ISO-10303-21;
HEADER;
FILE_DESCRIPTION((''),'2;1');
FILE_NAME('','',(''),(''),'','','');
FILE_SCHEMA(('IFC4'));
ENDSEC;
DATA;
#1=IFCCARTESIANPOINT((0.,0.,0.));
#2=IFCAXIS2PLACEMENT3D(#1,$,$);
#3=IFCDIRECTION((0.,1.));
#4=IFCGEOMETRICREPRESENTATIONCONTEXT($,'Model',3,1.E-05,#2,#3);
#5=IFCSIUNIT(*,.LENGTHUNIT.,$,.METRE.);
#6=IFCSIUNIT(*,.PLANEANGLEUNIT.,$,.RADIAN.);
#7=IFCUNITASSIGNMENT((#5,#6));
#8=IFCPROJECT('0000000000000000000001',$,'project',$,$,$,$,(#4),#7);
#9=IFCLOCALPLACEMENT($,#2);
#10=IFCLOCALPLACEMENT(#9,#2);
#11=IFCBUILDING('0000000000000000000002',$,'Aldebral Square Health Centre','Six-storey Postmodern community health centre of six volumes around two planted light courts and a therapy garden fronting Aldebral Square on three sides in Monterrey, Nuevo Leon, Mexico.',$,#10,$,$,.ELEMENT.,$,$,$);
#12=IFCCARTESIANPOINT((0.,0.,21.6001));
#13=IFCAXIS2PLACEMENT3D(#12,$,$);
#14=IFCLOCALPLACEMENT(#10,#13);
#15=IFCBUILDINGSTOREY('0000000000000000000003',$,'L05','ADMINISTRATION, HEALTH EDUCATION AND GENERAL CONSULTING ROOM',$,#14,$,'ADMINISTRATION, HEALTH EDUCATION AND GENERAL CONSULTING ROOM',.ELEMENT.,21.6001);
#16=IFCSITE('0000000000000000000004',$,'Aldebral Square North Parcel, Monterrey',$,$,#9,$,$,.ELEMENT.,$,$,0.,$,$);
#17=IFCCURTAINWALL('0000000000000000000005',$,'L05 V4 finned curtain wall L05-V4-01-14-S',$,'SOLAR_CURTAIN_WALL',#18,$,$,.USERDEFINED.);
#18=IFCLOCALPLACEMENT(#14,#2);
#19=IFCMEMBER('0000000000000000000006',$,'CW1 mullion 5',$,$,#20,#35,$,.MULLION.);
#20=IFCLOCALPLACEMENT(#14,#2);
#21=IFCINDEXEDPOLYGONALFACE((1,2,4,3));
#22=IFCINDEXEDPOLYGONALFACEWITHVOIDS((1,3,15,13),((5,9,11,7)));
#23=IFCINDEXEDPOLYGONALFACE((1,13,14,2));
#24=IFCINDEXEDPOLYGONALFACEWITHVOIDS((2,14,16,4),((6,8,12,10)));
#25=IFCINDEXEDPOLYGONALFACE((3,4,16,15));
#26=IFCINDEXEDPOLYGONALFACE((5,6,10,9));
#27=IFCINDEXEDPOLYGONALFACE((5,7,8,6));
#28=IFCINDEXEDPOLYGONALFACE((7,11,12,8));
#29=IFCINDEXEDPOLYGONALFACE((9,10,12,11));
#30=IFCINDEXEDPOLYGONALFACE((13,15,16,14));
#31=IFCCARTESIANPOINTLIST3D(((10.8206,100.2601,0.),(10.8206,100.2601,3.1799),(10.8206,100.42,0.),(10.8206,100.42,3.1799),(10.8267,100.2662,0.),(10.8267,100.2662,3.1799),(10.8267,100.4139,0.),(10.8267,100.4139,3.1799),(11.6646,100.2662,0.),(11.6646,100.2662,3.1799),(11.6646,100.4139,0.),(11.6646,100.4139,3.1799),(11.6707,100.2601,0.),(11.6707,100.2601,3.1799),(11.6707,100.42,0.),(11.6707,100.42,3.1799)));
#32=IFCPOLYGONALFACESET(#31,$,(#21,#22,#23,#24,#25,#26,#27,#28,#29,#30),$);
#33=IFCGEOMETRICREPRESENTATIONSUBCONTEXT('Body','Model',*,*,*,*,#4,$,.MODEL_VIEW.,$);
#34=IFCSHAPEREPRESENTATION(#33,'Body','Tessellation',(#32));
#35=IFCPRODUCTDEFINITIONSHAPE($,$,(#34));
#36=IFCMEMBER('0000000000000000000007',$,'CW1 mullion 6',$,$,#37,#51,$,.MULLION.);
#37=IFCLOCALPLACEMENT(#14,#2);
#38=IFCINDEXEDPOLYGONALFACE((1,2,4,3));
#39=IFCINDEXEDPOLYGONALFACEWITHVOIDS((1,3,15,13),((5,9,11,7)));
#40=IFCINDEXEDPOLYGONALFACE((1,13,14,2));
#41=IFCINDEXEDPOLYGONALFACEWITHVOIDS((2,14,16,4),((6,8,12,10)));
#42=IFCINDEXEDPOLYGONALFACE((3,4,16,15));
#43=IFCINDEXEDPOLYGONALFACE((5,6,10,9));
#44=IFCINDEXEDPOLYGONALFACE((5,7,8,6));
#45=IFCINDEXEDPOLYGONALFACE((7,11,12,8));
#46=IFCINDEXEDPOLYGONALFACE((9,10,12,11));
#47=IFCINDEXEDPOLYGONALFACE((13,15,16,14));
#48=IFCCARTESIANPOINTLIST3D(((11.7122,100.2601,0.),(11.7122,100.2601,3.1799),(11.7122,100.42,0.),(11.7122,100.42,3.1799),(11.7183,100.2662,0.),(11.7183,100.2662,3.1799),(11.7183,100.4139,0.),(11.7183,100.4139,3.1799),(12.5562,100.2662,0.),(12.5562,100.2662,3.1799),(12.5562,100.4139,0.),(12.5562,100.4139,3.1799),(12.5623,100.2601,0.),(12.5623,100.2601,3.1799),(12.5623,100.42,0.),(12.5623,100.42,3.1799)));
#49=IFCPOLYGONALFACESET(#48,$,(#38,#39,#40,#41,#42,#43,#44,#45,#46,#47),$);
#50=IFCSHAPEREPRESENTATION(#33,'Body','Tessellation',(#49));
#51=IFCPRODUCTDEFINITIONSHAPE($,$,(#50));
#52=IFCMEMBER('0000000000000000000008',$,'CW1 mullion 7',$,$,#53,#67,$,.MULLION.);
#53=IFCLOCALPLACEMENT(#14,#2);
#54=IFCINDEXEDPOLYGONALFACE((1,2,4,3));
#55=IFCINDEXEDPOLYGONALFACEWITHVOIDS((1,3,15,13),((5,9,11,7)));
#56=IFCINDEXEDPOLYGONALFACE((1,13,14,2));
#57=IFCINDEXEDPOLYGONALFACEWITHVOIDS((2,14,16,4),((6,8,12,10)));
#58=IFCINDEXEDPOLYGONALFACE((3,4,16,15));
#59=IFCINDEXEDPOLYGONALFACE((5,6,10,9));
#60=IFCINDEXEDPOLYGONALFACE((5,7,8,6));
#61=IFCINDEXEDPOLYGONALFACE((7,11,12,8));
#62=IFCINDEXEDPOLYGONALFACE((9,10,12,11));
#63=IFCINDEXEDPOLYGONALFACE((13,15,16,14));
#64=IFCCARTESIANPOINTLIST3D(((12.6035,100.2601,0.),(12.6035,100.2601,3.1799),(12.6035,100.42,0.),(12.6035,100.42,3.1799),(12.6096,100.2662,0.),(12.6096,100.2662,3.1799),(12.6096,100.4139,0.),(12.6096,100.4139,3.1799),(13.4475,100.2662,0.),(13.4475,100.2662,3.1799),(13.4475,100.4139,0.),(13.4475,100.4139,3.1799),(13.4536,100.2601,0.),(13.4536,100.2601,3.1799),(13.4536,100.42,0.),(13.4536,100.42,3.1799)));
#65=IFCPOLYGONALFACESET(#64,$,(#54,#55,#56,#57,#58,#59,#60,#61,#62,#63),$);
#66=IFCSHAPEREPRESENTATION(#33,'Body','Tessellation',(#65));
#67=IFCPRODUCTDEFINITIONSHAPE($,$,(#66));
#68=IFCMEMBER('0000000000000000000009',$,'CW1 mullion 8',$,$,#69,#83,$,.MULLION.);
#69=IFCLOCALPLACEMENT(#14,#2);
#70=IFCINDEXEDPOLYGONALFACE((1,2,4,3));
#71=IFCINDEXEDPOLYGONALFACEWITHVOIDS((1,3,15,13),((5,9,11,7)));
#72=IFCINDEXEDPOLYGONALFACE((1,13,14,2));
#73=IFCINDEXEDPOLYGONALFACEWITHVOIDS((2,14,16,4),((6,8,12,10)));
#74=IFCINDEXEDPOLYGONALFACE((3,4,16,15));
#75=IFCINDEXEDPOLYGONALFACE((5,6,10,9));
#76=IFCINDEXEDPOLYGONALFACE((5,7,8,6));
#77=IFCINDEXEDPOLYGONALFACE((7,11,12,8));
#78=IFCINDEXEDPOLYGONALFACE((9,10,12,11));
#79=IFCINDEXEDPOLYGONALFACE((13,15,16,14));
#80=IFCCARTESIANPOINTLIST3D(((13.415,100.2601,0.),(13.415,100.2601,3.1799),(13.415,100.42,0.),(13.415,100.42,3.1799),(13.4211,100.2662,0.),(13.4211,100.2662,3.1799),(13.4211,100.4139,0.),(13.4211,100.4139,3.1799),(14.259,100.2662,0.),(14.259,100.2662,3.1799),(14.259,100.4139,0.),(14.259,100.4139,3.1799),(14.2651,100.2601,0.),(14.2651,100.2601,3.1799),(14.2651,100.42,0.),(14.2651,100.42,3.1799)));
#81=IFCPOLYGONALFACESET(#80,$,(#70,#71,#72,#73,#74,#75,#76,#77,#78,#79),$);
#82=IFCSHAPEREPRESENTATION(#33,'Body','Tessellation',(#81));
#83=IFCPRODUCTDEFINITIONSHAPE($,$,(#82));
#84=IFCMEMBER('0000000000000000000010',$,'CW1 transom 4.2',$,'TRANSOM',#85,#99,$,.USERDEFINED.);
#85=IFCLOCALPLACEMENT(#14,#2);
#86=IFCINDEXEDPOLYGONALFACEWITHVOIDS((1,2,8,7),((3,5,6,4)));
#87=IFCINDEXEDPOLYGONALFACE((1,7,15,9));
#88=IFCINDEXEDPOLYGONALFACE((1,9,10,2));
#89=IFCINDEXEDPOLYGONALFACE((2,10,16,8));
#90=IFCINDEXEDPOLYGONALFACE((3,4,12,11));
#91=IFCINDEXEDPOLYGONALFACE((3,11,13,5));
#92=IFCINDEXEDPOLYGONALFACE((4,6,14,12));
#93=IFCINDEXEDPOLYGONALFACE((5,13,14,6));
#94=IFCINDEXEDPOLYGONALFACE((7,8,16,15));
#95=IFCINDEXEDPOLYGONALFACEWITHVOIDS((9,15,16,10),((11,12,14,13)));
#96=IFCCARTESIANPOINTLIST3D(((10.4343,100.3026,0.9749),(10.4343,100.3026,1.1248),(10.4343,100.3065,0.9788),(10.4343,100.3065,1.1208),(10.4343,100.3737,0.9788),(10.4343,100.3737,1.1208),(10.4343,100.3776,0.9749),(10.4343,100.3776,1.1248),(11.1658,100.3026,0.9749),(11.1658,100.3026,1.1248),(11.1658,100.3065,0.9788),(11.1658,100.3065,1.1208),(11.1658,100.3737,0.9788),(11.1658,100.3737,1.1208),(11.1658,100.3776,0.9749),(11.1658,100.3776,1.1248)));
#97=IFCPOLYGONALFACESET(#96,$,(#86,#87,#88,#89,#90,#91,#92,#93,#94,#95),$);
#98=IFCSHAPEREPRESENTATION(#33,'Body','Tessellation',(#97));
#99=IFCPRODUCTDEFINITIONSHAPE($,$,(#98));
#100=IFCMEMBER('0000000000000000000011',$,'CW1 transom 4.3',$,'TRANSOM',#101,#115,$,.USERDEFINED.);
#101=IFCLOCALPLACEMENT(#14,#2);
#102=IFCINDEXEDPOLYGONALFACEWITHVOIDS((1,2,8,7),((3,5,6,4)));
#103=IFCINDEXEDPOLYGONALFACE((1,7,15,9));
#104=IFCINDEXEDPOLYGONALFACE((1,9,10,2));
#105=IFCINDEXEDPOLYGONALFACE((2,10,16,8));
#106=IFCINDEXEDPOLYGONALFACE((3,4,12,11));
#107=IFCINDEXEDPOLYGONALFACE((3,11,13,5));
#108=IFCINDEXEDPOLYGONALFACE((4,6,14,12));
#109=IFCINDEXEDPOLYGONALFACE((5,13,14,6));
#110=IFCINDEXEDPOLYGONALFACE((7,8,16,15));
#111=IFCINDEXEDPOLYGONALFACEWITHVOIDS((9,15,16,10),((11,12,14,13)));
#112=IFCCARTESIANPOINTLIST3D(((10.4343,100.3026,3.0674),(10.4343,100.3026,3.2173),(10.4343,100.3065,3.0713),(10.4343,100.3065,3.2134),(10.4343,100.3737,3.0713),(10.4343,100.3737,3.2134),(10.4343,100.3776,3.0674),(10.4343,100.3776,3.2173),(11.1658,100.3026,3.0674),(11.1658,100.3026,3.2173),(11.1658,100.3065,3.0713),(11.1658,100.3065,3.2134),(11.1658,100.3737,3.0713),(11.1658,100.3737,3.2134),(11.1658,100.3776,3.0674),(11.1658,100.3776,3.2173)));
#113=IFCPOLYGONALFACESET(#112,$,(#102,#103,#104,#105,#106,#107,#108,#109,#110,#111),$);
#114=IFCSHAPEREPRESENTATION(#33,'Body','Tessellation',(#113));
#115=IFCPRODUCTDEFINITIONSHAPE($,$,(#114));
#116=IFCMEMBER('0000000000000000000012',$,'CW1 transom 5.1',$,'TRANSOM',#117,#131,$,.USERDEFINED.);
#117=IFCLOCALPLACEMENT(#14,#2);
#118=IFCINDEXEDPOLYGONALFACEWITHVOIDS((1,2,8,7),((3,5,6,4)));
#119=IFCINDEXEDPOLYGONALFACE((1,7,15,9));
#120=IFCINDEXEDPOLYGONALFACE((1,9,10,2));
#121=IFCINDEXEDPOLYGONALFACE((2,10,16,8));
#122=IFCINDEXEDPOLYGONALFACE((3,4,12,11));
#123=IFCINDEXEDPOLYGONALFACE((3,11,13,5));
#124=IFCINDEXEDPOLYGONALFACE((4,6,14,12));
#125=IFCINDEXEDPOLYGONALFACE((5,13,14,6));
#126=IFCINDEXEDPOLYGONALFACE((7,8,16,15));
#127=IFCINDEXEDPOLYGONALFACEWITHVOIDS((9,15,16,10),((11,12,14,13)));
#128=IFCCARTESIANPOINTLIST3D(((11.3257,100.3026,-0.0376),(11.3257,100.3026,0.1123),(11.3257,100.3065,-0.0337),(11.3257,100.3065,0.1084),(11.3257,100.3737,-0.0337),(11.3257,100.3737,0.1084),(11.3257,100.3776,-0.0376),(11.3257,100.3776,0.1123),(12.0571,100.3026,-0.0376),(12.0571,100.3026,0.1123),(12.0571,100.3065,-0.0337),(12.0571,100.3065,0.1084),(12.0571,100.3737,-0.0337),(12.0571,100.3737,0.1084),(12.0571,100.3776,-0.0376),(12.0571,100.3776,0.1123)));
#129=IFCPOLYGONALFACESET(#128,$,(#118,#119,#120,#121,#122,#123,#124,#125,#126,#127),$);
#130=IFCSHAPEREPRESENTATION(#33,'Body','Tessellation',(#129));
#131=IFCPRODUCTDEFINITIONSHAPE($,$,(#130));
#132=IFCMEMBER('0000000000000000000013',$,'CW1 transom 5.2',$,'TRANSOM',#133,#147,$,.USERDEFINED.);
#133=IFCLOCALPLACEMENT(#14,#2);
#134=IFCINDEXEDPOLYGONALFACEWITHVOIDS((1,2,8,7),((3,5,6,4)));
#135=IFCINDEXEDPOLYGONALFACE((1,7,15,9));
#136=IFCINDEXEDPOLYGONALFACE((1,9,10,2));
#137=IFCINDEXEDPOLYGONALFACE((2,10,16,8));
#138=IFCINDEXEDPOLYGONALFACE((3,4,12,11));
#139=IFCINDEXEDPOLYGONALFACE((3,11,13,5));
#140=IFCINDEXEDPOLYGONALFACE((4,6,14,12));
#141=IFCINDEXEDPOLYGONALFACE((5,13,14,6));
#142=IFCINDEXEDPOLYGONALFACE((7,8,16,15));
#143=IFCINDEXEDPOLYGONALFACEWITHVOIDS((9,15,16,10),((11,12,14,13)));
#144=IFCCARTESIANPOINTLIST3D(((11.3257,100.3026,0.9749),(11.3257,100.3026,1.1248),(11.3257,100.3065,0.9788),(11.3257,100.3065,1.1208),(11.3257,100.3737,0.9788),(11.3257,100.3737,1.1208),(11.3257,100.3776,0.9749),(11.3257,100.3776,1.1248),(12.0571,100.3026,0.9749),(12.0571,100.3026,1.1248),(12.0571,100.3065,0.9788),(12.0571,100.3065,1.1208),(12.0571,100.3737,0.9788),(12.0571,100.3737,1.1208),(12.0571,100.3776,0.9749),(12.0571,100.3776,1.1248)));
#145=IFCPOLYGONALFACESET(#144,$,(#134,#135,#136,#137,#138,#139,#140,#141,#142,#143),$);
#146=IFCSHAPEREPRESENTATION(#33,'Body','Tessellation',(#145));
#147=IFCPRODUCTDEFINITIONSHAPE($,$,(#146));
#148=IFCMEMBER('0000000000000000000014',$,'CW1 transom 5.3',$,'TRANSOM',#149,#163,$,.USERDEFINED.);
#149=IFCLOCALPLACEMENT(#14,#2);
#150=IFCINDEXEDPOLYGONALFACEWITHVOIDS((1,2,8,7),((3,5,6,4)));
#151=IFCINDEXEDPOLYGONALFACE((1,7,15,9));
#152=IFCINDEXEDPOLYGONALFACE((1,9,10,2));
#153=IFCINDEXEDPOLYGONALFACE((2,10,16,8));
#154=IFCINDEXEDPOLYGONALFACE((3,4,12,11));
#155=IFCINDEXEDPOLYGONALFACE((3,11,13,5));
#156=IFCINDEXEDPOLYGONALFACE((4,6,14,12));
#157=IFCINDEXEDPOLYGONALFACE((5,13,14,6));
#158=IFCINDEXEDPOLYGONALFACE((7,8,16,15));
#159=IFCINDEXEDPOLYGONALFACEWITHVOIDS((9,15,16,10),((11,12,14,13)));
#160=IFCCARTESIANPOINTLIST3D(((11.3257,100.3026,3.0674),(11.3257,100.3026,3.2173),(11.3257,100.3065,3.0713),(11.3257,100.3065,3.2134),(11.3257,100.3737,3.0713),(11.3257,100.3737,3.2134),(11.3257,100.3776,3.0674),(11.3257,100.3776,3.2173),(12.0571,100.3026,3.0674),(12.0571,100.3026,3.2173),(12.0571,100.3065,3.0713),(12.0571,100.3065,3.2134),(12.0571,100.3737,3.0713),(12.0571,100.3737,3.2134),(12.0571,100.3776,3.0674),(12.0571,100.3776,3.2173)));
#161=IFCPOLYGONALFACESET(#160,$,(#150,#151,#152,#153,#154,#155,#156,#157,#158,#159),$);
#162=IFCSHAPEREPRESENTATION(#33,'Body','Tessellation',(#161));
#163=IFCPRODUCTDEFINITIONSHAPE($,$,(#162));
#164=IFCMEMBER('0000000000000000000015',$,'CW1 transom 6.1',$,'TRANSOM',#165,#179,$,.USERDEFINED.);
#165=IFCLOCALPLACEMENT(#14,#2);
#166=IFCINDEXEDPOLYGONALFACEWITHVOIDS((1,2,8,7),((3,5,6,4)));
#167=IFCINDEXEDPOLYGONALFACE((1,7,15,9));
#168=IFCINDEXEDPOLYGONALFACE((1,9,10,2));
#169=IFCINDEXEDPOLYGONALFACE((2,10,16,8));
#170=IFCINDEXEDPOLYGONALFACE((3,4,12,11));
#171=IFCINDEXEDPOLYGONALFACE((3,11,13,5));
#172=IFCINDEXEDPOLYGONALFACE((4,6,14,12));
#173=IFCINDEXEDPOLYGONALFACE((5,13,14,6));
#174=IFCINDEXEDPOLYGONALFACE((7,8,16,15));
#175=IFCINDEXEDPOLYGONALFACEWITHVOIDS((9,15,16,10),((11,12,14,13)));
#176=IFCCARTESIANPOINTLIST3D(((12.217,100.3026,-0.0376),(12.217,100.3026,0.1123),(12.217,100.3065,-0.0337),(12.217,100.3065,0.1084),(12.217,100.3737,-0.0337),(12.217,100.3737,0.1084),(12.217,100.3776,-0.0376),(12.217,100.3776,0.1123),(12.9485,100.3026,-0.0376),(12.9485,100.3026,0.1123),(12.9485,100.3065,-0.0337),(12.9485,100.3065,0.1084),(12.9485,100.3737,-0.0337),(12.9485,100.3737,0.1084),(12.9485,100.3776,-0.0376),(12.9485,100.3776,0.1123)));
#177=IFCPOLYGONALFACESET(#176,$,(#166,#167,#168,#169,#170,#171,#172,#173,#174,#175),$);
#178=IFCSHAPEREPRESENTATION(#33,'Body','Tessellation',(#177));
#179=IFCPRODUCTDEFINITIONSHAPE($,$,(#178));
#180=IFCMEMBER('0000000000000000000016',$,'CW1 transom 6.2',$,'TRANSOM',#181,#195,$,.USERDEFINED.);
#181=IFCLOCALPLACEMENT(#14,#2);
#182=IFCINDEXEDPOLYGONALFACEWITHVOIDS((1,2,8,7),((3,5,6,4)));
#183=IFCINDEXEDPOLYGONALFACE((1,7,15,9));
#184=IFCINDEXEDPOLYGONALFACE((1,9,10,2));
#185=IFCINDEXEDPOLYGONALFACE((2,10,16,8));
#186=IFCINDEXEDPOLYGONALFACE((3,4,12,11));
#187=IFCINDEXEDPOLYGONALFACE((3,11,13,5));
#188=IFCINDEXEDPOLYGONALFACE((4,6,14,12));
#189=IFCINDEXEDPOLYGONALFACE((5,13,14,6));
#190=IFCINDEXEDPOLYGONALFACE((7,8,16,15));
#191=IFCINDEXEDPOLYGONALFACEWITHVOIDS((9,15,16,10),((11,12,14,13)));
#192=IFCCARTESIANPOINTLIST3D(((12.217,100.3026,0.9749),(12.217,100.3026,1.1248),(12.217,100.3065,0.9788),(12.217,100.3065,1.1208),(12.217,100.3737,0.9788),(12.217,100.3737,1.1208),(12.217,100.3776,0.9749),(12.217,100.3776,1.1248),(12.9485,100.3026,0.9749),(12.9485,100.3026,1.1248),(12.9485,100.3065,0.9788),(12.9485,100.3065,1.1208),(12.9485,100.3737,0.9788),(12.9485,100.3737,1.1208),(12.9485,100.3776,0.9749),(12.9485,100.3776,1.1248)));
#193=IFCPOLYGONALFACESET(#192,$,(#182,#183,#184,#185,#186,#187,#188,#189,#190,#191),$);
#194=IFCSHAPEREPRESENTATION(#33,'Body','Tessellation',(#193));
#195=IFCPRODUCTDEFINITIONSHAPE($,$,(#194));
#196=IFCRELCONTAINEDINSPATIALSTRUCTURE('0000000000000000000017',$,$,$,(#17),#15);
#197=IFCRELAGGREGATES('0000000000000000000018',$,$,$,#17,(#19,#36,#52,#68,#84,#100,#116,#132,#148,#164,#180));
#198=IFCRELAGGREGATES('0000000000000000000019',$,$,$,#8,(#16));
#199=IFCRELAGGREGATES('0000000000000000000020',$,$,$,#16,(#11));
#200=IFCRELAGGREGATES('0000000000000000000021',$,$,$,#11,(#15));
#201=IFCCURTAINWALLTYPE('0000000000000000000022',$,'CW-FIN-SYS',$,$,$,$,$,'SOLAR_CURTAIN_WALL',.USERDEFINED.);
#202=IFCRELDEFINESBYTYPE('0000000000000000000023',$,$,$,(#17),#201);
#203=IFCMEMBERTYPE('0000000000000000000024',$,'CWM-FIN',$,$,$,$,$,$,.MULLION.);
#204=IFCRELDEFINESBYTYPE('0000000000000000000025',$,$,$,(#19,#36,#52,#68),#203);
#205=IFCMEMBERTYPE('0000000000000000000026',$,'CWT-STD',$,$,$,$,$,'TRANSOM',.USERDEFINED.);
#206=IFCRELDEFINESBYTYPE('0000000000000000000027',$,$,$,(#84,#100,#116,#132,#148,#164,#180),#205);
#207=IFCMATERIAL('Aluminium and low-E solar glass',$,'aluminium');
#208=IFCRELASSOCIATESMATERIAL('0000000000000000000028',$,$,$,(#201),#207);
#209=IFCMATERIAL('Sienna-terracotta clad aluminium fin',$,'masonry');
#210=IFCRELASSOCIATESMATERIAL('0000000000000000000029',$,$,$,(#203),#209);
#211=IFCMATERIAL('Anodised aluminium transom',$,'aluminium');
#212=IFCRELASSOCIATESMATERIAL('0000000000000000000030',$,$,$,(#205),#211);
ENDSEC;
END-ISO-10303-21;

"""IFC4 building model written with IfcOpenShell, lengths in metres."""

from ifc_helpers import new_model, si_unit, direction, frame, origin, origin_2d, place, context, subcontext, project, spatial, hollow_rectangle, extrude, material, material_profile, profile_set, type_object, element, aggregate, save


model = new_model("IFC4")

# Units and contexts
model_context = context("Model", 3, precision=1e-05, world=origin(), true_north=direction((0.0, 1.0)))
body_context = subcontext(model_context, "Body", "Model", "MODEL_VIEW")
ifc_project = project(units=[si_unit("LENGTHUNIT", "METRE"), si_unit("PLANEANGLEUNIT", "RADIAN")], contexts=[model_context])

# Site, building, storey
site_placement = place(None, origin())
site = spatial("IfcSite", under=ifc_project, at=site_placement, Name="Aldebral Square North Parcel, Monterrey", CompositionType="ELEMENT", RefElevation=0.0)
building_placement = place(site_placement, origin())
building = spatial("IfcBuilding", under=site, at=building_placement, Name="Aldebral Square Health Centre", Description="Six-storey Postmodern community health centre of six volumes around two planted light courts and a therapy garden fronting Aldebral Square on three sides in Monterrey, Nuevo Leon, Mexico.", CompositionType="ELEMENT")
storey_placement = place(building_placement, frame((0.0, 0.0, 21.6001)))
storey = spatial("IfcBuildingStorey", under=building, at=storey_placement, Name="L05", Description="ADMINISTRATION, HEALTH EDUCATION AND GENERAL CONSULTING ROOM", LongName="ADMINISTRATION, HEALTH EDUCATION AND GENERAL CONSULTING ROOM", CompositionType="ELEMENT", Elevation=21.6001)

# Curtain wall, members
ifc_material_1 = material(Name="Aluminium and low-E solar glass", Category="aluminium")
curtain_wall_type = type_object("IfcCurtainWallType", Name="CW-FIN-SYS", ElementType="SOLAR_CURTAIN_WALL", PredefinedType="USERDEFINED", material=ifc_material_1)
curtain_wall_placement = place(storey_placement, origin())
curtain_wall = element("IfcCurtainWall", 1, at=curtain_wall_placement, inside=storey, type_object=curtain_wall_type, Name="L05 V4 finned curtain wall L05-V4-01-14-S", ObjectType="SOLAR_CURTAIN_WALL", PredefinedType="USERDEFINED")
ifc_material_2 = material(Name="Sienna-terracotta clad aluminium fin", Category="masonry")
ifc_material_profile_1 = material_profile(ifc_material_2, hollow_rectangle(XDim=0.1599, YDim=0.8501, WallThickness=0.0061, at=origin_2d()), Name="FIN 160x850x6")
ifc_profile_set_1 = profile_set([ifc_material_profile_1], Name="Sienna-terracotta clad aluminium fin")
member_type_1 = type_object("IfcMemberType", Name="CWM-FIN", PredefinedType="MULLION", material=ifc_profile_set_1)
member_1_placement = place(storey_placement, frame((11.2456, 100.3401, 0.0), z_axis=(0.0, 0.0, 1.0), x_axis=(0.0, 1.0, 0.0)))
member_1 = element("IfcMember", 2, at=member_1_placement, type_object=member_type_1, Name="CW1 mullion 5", PredefinedType="MULLION", context=body_context, shape_type="SweptSolid", body=[
    extrude(hollow_rectangle(XDim=0.1599, YDim=0.8501, WallThickness=0.0061, at=origin_2d()), origin(), (0.0, 0.0, 1.0), 3.1799),
])
member_2_placement = place(storey_placement, frame((12.1372, 100.3401, 0.0), z_axis=(0.0, 0.0, 1.0), x_axis=(0.0, 1.0, 0.0)))
member_2 = element("IfcMember", 3, at=member_2_placement, type_object=member_type_1, Name="CW1 mullion 6", PredefinedType="MULLION", context=body_context, shape_type="SweptSolid", body=[
    extrude(hollow_rectangle(XDim=0.1599, YDim=0.8501, WallThickness=0.0061, at=origin_2d()), origin(), (0.0, 0.0, 1.0), 3.1799),
])
member_3_placement = place(storey_placement, frame((13.0286, 100.3401, 0.0), z_axis=(0.0, 0.0, 1.0), x_axis=(0.0, 1.0, 0.0)))
member_3 = element("IfcMember", 4, at=member_3_placement, type_object=member_type_1, Name="CW1 mullion 7", PredefinedType="MULLION", context=body_context, shape_type="SweptSolid", body=[
    extrude(hollow_rectangle(XDim=0.1599, YDim=0.8501, WallThickness=0.0061, at=origin_2d()), origin(), (0.0, 0.0, 1.0), 3.1799),
])
member_4_placement = place(storey_placement, frame((13.8401, 100.3401, 0.0), z_axis=(0.0, 0.0, 1.0), x_axis=(0.0, 1.0, 0.0)))
member_4 = element("IfcMember", 5, at=member_4_placement, type_object=member_type_1, Name="CW1 mullion 8", PredefinedType="MULLION", context=body_context, shape_type="SweptSolid", body=[
    extrude(hollow_rectangle(XDim=0.1599, YDim=0.8501, WallThickness=0.0061, at=origin_2d()), origin(), (0.0, 0.0, 1.0), 3.1799),
])
ifc_material_3 = material(Name="Anodised aluminium transom", Category="aluminium")
ifc_material_profile_2 = material_profile(ifc_material_3, hollow_rectangle(XDim=0.075, YDim=0.1499, WallThickness=0.0039, at=origin_2d()), Name="CWT 75x150x4")
ifc_profile_set_2 = profile_set([ifc_material_profile_2], Name="Anodised aluminium transom")
member_type_2 = type_object("IfcMemberType", Name="CWT-STD", ElementType="TRANSOM", PredefinedType="USERDEFINED", material=ifc_profile_set_2)
member_5_placement = place(storey_placement, frame((10.4343, 100.3401, 1.0498), z_axis=(1.0, 0.0, 0.0), x_axis=(0.0, 1.0, 0.0)))
member_5 = element("IfcMember", 6, at=member_5_placement, type_object=member_type_2, Name="CW1 transom 4.2", ObjectType="TRANSOM", PredefinedType="USERDEFINED", context=body_context, shape_type="SweptSolid", body=[
    extrude(hollow_rectangle(XDim=0.075, YDim=0.1499, WallThickness=0.0039, at=origin_2d()), origin(), (0.0, 0.0, 1.0), 0.7314),
])
member_6_placement = place(storey_placement, frame((10.4343, 100.3401, 3.1423), z_axis=(1.0, 0.0, 0.0), x_axis=(0.0, 1.0, 0.0)))
member_6 = element("IfcMember", 7, at=member_6_placement, type_object=member_type_2, Name="CW1 transom 4.3", ObjectType="TRANSOM", PredefinedType="USERDEFINED", context=body_context, shape_type="SweptSolid", body=[
    extrude(hollow_rectangle(XDim=0.075, YDim=0.1499, WallThickness=0.0039, at=origin_2d()), origin(), (0.0, 0.0, 1.0), 0.7314),
])
member_7_placement = place(storey_placement, frame((11.3257, 100.3401, 0.0374), z_axis=(1.0, 0.0, 0.0), x_axis=(0.0, 1.0, 0.0)))
member_7 = element("IfcMember", 8, at=member_7_placement, type_object=member_type_2, Name="CW1 transom 5.1", ObjectType="TRANSOM", PredefinedType="USERDEFINED", context=body_context, shape_type="SweptSolid", body=[
    extrude(hollow_rectangle(XDim=0.075, YDim=0.1499, WallThickness=0.0039, at=origin_2d()), origin(), (0.0, 0.0, 1.0), 0.7314),
])
member_8_placement = place(storey_placement, frame((11.3257, 100.3401, 1.0498), z_axis=(1.0, 0.0, 0.0), x_axis=(0.0, 1.0, 0.0)))
member_8 = element("IfcMember", 9, at=member_8_placement, type_object=member_type_2, Name="CW1 transom 5.2", ObjectType="TRANSOM", PredefinedType="USERDEFINED", context=body_context, shape_type="SweptSolid", body=[
    extrude(hollow_rectangle(XDim=0.075, YDim=0.1499, WallThickness=0.0039, at=origin_2d()), origin(), (0.0, 0.0, 1.0), 0.7314),
])
member_9_placement = place(storey_placement, frame((11.3257, 100.3401, 3.1423), z_axis=(1.0, 0.0, 0.0), x_axis=(0.0, 1.0, 0.0)))
member_9 = element("IfcMember", 10, at=member_9_placement, type_object=member_type_2, Name="CW1 transom 5.3", ObjectType="TRANSOM", PredefinedType="USERDEFINED", context=body_context, shape_type="SweptSolid", body=[
    extrude(hollow_rectangle(XDim=0.075, YDim=0.1499, WallThickness=0.0039, at=origin_2d()), origin(), (0.0, 0.0, 1.0), 0.7314),
])
member_10_placement = place(storey_placement, frame((12.217, 100.3401, 0.0374), z_axis=(1.0, 0.0, 0.0), x_axis=(0.0, 1.0, 0.0)))
member_10 = element("IfcMember", 11, at=member_10_placement, type_object=member_type_2, Name="CW1 transom 6.1", ObjectType="TRANSOM", PredefinedType="USERDEFINED", context=body_context, shape_type="SweptSolid", body=[
    extrude(hollow_rectangle(XDim=0.075, YDim=0.1499, WallThickness=0.0039, at=origin_2d()), origin(), (0.0, 0.0, 1.0), 0.7314),
])
member_11_placement = place(storey_placement, frame((12.217, 100.3401, 1.0498), z_axis=(1.0, 0.0, 0.0), x_axis=(0.0, 1.0, 0.0)))
member_11 = element("IfcMember", 12, at=member_11_placement, type_object=member_type_2, Name="CW1 transom 6.2", ObjectType="TRANSOM", PredefinedType="USERDEFINED", context=body_context, shape_type="SweptSolid", body=[
    extrude(hollow_rectangle(XDim=0.075, YDim=0.1499, WallThickness=0.0039, at=origin_2d()), origin(), (0.0, 0.0, 1.0), 0.7314),
])
aggregate(curtain_wall, [member_1, member_2, member_3, member_4, member_5, member_6, member_7, member_8, member_9, member_10, member_11])

save(model, "model.ifc")
